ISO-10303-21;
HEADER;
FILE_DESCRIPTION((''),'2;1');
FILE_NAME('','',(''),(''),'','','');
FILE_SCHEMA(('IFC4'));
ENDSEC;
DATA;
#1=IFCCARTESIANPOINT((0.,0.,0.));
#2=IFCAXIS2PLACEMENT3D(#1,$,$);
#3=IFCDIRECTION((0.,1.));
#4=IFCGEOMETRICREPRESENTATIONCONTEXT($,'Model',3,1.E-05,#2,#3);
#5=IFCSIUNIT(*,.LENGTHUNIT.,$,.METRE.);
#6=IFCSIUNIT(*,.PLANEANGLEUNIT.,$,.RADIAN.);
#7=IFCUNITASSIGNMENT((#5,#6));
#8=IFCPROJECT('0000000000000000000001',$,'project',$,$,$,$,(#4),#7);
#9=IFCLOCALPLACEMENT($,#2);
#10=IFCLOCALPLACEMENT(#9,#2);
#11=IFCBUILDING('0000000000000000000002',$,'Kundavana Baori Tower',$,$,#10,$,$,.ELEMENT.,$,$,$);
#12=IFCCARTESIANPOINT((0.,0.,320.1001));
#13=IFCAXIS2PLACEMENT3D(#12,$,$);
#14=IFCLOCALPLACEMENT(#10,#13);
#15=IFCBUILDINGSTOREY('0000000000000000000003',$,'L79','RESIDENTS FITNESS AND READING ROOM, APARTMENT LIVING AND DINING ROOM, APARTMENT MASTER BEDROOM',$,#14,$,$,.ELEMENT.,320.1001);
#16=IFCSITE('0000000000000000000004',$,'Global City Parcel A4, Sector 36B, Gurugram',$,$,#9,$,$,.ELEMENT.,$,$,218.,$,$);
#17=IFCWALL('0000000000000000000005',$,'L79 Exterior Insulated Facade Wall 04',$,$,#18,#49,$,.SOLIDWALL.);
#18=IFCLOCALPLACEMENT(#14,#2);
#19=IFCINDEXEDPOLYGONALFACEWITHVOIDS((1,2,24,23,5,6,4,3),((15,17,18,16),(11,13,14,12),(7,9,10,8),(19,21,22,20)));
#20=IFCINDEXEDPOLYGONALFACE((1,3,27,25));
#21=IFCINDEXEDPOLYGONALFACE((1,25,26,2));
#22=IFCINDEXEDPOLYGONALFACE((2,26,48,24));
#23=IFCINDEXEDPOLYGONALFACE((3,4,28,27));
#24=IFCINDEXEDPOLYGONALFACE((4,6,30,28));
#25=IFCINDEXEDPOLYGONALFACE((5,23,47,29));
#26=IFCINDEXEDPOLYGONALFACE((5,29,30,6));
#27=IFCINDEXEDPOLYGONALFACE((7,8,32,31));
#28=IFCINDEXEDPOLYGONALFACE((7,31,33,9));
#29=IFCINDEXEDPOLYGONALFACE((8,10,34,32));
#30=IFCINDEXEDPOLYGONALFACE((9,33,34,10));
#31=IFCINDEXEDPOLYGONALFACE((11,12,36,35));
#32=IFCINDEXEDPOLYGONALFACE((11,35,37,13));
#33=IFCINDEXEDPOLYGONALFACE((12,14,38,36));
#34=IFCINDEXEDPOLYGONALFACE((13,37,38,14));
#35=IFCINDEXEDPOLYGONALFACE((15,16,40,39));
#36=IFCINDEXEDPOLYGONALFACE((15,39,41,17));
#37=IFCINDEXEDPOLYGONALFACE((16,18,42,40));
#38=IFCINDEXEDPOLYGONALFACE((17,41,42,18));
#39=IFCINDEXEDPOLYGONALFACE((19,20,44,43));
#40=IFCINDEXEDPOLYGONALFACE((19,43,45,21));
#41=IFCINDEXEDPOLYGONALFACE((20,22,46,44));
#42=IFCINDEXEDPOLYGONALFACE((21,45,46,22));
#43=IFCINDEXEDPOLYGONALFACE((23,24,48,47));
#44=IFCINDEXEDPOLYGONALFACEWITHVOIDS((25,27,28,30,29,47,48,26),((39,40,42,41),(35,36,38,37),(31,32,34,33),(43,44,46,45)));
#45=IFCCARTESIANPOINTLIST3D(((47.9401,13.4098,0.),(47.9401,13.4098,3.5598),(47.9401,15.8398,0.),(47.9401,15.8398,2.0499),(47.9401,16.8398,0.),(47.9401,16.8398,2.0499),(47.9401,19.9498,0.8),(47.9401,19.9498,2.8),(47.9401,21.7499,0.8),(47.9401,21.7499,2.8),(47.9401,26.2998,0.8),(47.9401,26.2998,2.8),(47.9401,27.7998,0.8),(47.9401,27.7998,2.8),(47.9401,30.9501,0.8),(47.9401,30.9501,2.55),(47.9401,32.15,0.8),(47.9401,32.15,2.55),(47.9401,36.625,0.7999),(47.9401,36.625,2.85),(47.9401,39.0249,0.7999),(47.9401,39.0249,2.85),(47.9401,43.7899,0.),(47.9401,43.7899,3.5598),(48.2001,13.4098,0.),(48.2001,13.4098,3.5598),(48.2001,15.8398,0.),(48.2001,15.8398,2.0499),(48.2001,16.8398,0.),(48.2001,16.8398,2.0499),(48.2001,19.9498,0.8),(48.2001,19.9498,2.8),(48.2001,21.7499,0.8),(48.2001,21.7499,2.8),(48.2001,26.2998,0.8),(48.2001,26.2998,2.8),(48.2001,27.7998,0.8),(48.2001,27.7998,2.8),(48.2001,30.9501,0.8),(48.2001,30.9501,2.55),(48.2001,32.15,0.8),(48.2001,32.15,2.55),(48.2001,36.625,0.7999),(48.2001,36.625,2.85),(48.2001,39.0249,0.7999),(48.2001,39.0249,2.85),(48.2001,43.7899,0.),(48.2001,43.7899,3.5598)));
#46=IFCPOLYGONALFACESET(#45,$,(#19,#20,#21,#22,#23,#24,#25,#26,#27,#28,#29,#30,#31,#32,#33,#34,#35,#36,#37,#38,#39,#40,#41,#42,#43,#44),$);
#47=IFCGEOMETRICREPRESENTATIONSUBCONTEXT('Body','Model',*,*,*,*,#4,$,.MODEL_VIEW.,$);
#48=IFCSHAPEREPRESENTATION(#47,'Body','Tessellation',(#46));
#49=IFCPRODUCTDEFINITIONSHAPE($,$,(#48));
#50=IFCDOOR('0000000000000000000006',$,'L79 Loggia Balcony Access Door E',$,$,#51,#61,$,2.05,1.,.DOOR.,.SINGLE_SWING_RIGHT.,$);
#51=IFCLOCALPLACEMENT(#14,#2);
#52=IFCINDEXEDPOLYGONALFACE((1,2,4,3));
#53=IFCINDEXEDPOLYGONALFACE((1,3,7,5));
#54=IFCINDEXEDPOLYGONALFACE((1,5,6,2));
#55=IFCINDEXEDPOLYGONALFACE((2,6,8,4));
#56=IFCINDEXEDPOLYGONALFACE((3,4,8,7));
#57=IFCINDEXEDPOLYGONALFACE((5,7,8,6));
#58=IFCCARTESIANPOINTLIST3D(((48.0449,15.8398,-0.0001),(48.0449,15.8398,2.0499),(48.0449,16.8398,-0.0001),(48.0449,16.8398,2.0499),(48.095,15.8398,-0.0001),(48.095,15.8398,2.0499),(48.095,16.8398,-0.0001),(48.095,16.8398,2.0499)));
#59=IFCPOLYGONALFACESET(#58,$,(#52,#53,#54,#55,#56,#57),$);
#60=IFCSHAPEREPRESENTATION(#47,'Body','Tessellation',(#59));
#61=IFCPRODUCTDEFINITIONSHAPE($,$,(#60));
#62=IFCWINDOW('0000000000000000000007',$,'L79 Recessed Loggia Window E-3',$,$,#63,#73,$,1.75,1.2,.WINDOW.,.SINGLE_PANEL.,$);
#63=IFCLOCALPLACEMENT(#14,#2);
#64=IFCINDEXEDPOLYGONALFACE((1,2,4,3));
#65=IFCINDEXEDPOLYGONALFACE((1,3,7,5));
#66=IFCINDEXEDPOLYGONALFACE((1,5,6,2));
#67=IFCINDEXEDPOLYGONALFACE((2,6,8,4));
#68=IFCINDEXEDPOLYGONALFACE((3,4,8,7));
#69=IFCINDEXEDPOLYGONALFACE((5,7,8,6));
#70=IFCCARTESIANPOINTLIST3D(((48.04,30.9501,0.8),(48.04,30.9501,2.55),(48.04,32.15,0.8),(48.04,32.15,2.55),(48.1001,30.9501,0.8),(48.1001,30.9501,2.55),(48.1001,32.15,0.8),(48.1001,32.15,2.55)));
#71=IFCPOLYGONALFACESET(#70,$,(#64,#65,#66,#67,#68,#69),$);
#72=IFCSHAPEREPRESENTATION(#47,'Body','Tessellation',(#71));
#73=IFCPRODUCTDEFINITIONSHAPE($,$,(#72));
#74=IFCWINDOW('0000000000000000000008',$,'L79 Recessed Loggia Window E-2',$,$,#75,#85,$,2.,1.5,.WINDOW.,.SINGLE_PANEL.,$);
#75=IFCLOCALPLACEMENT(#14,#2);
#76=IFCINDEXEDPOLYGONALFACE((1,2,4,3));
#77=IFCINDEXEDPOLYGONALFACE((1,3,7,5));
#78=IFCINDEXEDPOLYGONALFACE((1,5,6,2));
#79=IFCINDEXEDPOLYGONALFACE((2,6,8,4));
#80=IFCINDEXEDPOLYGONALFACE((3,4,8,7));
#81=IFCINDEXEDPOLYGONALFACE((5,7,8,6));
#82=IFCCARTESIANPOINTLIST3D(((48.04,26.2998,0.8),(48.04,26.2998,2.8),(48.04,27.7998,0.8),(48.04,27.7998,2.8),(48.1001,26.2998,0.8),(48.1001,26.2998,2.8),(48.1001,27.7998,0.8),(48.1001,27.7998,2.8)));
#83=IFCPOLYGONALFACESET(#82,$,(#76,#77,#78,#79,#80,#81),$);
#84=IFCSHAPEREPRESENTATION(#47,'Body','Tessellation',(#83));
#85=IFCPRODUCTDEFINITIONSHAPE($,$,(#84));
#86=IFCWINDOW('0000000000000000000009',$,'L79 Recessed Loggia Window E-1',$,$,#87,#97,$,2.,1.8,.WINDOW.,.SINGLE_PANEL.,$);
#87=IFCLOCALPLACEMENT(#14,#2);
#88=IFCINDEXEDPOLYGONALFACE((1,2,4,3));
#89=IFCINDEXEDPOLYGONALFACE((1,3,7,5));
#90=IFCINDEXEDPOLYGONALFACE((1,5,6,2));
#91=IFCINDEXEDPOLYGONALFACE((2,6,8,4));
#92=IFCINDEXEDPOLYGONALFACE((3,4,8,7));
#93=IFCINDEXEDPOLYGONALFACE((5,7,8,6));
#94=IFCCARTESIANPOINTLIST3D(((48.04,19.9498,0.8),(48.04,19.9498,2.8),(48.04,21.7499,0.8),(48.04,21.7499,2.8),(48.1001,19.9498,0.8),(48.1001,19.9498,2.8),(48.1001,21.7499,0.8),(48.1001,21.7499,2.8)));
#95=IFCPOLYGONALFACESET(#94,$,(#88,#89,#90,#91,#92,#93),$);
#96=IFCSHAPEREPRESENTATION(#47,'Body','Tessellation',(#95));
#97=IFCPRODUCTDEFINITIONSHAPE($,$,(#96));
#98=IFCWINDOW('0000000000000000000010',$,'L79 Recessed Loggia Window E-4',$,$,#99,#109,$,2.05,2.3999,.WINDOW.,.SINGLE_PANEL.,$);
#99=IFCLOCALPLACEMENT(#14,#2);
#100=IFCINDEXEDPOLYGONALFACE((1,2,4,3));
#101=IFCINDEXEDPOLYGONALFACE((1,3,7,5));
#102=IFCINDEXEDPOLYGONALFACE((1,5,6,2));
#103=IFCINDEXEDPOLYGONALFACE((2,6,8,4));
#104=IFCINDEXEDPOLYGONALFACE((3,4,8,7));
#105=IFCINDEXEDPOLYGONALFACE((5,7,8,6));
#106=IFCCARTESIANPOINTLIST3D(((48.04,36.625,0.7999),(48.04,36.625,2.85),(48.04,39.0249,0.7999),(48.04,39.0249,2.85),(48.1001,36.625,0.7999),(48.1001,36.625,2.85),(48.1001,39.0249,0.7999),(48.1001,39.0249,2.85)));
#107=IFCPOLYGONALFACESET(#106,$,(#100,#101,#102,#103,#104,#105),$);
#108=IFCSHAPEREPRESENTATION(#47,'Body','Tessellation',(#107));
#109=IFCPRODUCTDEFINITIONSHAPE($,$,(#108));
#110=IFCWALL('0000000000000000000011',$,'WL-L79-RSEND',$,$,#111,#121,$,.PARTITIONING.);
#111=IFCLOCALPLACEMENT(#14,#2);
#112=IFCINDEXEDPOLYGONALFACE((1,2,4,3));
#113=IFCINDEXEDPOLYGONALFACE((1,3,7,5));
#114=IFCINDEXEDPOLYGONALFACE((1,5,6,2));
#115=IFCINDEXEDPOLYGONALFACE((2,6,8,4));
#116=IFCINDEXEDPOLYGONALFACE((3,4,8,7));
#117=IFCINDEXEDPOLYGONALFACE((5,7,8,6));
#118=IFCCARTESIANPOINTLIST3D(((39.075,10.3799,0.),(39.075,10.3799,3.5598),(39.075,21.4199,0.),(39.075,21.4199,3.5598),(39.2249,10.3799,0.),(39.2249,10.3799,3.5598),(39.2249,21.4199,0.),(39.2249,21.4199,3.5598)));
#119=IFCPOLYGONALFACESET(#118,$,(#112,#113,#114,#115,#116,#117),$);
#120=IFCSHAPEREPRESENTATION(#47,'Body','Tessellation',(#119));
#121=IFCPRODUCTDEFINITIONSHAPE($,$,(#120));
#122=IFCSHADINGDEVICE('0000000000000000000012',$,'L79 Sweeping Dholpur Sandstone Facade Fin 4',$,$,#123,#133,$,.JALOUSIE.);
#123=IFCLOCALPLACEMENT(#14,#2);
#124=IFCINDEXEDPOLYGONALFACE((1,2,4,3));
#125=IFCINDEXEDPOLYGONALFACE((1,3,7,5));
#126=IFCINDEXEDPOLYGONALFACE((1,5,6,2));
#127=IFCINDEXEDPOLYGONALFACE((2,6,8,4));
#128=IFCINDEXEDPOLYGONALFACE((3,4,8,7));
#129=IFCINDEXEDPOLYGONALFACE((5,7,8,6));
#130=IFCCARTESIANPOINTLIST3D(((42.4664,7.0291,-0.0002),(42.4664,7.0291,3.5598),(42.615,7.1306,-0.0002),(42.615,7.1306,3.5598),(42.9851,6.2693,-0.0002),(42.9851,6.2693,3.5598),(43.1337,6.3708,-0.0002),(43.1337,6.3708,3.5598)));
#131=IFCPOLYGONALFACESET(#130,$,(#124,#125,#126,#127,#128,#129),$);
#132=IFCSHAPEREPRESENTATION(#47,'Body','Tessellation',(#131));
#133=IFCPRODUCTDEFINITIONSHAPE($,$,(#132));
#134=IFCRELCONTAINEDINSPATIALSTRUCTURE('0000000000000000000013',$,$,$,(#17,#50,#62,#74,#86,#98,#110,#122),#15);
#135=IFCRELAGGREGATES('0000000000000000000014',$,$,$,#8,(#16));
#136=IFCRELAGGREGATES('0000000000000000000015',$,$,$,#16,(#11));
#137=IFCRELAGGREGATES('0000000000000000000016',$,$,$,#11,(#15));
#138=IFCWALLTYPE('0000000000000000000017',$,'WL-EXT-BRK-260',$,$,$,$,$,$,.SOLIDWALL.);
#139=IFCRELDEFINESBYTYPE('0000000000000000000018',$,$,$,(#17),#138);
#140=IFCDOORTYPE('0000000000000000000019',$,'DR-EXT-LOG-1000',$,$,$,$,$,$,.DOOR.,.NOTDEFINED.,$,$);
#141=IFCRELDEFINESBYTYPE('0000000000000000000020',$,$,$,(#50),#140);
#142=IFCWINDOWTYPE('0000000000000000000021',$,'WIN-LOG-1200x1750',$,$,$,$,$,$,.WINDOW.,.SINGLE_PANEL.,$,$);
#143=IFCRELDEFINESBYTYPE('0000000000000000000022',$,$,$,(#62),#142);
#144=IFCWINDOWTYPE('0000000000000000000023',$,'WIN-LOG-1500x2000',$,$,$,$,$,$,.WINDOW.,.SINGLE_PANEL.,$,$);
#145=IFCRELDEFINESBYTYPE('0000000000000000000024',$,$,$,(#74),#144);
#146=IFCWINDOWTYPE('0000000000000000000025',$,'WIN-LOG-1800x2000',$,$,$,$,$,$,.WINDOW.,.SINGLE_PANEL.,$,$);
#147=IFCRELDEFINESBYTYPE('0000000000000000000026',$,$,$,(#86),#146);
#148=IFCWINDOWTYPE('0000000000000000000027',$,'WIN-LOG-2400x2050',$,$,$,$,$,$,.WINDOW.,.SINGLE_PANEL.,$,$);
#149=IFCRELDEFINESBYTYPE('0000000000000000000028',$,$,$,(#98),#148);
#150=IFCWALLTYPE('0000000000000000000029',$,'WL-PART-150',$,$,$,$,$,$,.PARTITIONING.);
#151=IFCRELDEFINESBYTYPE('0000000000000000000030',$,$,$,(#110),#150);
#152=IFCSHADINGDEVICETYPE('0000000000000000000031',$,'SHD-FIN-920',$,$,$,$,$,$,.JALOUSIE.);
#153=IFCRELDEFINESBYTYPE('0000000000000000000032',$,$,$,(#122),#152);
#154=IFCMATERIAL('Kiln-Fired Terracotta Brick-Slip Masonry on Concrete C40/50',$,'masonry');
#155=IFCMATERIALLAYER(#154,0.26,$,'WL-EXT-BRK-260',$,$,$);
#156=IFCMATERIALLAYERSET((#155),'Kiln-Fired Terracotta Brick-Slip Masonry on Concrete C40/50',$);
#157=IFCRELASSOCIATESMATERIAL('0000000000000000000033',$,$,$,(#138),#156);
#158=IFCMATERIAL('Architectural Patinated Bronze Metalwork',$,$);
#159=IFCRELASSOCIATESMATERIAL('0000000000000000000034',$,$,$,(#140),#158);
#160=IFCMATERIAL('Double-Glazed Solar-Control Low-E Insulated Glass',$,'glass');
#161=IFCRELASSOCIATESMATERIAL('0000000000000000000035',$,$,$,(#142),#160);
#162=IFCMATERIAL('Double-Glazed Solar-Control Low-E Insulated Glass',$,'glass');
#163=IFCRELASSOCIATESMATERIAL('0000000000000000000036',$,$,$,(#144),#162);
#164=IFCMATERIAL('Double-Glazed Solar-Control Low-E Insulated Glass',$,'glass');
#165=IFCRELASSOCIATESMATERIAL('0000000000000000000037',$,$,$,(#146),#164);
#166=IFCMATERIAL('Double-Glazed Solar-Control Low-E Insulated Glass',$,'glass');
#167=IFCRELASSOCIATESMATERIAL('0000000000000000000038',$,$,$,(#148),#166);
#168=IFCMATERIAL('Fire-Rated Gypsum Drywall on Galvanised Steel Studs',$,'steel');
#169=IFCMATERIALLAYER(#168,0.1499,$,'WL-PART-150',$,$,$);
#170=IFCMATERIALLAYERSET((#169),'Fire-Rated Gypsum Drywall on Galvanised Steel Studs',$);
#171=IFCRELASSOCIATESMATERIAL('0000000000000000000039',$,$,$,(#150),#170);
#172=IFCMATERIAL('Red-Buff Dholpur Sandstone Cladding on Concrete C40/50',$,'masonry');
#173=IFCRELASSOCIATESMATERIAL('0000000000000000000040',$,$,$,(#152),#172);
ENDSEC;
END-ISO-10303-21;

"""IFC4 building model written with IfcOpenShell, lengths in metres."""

from ifc_helpers import new_model, si_unit, direction, frame, frame_2d, origin, origin_2d, place, context, subcontext, project, spatial, rectangle, extrude, material, layer, layer_set, type_object, element, fill, save


model = new_model("IFC4")

# Units and contexts
model_context = context("Model", 3, precision=1e-05, world=origin(), true_north=direction((0.0, 1.0)))
body_context = subcontext(model_context, "Body", "Model", "MODEL_VIEW")
ifc_project = project(units=[si_unit("LENGTHUNIT", "METRE"), si_unit("PLANEANGLEUNIT", "RADIAN")], contexts=[model_context])

# Site, building, storey
site_placement = place(None, origin())
site = spatial("IfcSite", under=ifc_project, at=site_placement, Name="Global City Parcel A4, Sector 36B, Gurugram", CompositionType="ELEMENT", RefElevation=218.0)
building_placement = place(site_placement, origin())
building = spatial("IfcBuilding", under=site, at=building_placement, Name="Kundavana Baori Tower", CompositionType="ELEMENT")
storey_placement = place(building_placement, frame((0.0, 0.0, 320.1001)))
storey = spatial("IfcBuildingStorey", under=building, at=storey_placement, Name="L79", Description="RESIDENTS FITNESS AND READING ROOM, APARTMENT LIVING AND DINING ROOM, APARTMENT MASTER BEDROOM", CompositionType="ELEMENT", Elevation=320.1001)

# Shared definitions
ifc_material_1 = material(Name="Kiln-Fired Terracotta Brick-Slip Masonry on Concrete C40/50", Category="masonry")
ifc_layer_1 = layer(ifc_material_1, 0.26, Name="WL-EXT-BRK-260")
ifc_layer_set_1 = layer_set([ifc_layer_1], Name="Kiln-Fired Terracotta Brick-Slip Masonry on Concrete C40/50")
wall_type_1 = type_object("IfcWallType", Name="WL-EXT-BRK-260", PredefinedType="SOLIDWALL", material=ifc_layer_set_1)

# Wall, openings, door, windows
wall_1_placement = place(storey_placement, frame((48.0701, 13.4099, 0.0), z_axis=(0.0, 0.0, 1.0), x_axis=(0.0, 1.0, 0.0)))
wall_1 = element("IfcWall", 1, at=wall_1_placement, inside=storey, type_object=wall_type_1, Name="L79 Exterior Insulated Facade Wall 04", PredefinedType="SOLIDWALL", context=body_context, shape_type="SweptSolid", body=[
    extrude(rectangle(XDim=30.3801, YDim=0.26, at=frame_2d((15.1899, 0.0))), origin(), (0.0, 0.0, 1.0), 3.5598),
])
opening_1_placement = place(wall_1_placement, frame((2.4299, 0.0, 0.0)))
opening_1 = element("IfcOpeningElement", 2, at=opening_1_placement, cuts=wall_1, PredefinedType="OPENING", context=body_context, shape_type="SweptSolid", body=[
    extrude(rectangle(XDim=1.0, YDim=2.05, at=frame_2d((0.5, 1.0249))), frame((0.0, 0.1401, 0.0), z_axis=(0.0, -1.0, 0.0), x_axis=(1.0, 0.0, 0.0)), (0.0, 0.0, 1.0), 0.28),
])
opening_2_placement = place(wall_1_placement, frame((6.54, 0.0, 0.8)))
opening_2 = element("IfcOpeningElement", 3, at=opening_2_placement, cuts=wall_1, PredefinedType="OPENING", context=body_context, shape_type="SweptSolid", body=[
    extrude(rectangle(XDim=1.8, YDim=2.0, at=frame_2d((0.8999, 1.0))), frame((0.0, 0.1401, 0.0), z_axis=(0.0, -1.0, 0.0), x_axis=(1.0, 0.0, 0.0)), (0.0, 0.0, 1.0), 0.28),
])
opening_3_placement = place(wall_1_placement, frame((12.8899, 0.0, 0.8)))
opening_3 = element("IfcOpeningElement", 4, at=opening_3_placement, cuts=wall_1, PredefinedType="OPENING", context=body_context, shape_type="SweptSolid", body=[
    extrude(rectangle(XDim=1.5, YDim=2.0, at=frame_2d((0.75, 1.0))), frame((0.0, 0.1401, 0.0), z_axis=(0.0, -1.0, 0.0), x_axis=(1.0, 0.0, 0.0)), (0.0, 0.0, 1.0), 0.28),
])
opening_4_placement = place(wall_1_placement, frame((17.54, 0.0, 0.8)))
opening_4 = element("IfcOpeningElement", 5, at=opening_4_placement, cuts=wall_1, PredefinedType="OPENING", context=body_context, shape_type="SweptSolid", body=[
    extrude(rectangle(XDim=1.2, YDim=1.75, at=frame_2d((0.6001, 0.875))), frame((0.0, 0.1401, 0.0), z_axis=(0.0, -1.0, 0.0), x_axis=(1.0, 0.0, 0.0)), (0.0, 0.0, 1.0), 0.28),
])
opening_5_placement = place(wall_1_placement, frame((23.2151, 0.0, 0.8)))
opening_5 = element("IfcOpeningElement", 6, at=opening_5_placement, cuts=wall_1, PredefinedType="OPENING", context=body_context, shape_type="SweptSolid", body=[
    extrude(rectangle(XDim=2.3999, YDim=2.05, at=frame_2d((1.2, 1.0249))), frame((0.0, 0.1401, 0.0), z_axis=(0.0, -1.0, 0.0), x_axis=(1.0, 0.0, 0.0)), (0.0, 0.0, 1.0), 0.28),
])
ifc_material_2 = material(Name="Architectural Patinated Bronze Metalwork")
door_type = type_object("IfcDoorType", Name="DR-EXT-LOG-1000", OperationType="NOTDEFINED", PredefinedType="DOOR", material=ifc_material_2)
door_placement = place(opening_1_placement, frame((1.0, 0.0, 0.0), z_axis=(0.0, 0.0, 1.0), x_axis=(-1.0, 0.0, 0.0)))
door = element("IfcDoor", 7, at=door_placement, inside=storey, type_object=door_type, Name="L79 Loggia Balcony Access Door E", OperationType="SINGLE_SWING_RIGHT", OverallHeight=2.05, OverallWidth=1.0, PredefinedType="DOOR", context=body_context, shape_type="SweptSolid", body=[
    extrude(rectangle(XDim=1.0, YDim=2.05, at=frame_2d((0.5, 1.0249))), frame((0.0, 0.0249, 0.0), z_axis=(0.0, -1.0, 0.0), x_axis=(1.0, 0.0, 0.0)), (0.0, 0.0, 1.0), 0.05),
])
fill(opening_1, door)
ifc_material_3 = material(Name="Double-Glazed Solar-Control Low-E Insulated Glass", Category="glass")
window_type_1 = type_object("IfcWindowType", Name="WIN-LOG-1200x1750", PartitioningType="SINGLE_PANEL", PredefinedType="WINDOW", material=ifc_material_3)
window_1_placement = place(opening_4_placement, origin())
window_1 = element("IfcWindow", 8, at=window_1_placement, inside=storey, type_object=window_type_1, Name="L79 Recessed Loggia Window E-3", OverallHeight=1.75, OverallWidth=1.2, PartitioningType="SINGLE_PANEL", PredefinedType="WINDOW", context=body_context, shape_type="SweptSolid", body=[
    extrude(rectangle(XDim=1.2, YDim=1.75, at=frame_2d((0.6001, 0.875))), frame((0.0, 0.03, 0.0), z_axis=(0.0, -1.0, 0.0), x_axis=(1.0, 0.0, 0.0)), (0.0, 0.0, 1.0), 0.0601),
])
fill(opening_4, window_1)
ifc_material_4 = material(Name="Double-Glazed Solar-Control Low-E Insulated Glass", Category="glass")
window_type_2 = type_object("IfcWindowType", Name="WIN-LOG-1500x2000", PartitioningType="SINGLE_PANEL", PredefinedType="WINDOW", material=ifc_material_4)
window_2_placement = place(opening_3_placement, origin())
window_2 = element("IfcWindow", 9, at=window_2_placement, inside=storey, type_object=window_type_2, Name="L79 Recessed Loggia Window E-2", OverallHeight=2.0, OverallWidth=1.5, PartitioningType="SINGLE_PANEL", PredefinedType="WINDOW", context=body_context, shape_type="SweptSolid", body=[
    extrude(rectangle(XDim=1.5, YDim=2.0, at=frame_2d((0.75, 1.0))), frame((0.0, 0.03, 0.0), z_axis=(0.0, -1.0, 0.0), x_axis=(1.0, 0.0, 0.0)), (0.0, 0.0, 1.0), 0.0601),
])
fill(opening_3, window_2)
ifc_material_5 = material(Name="Double-Glazed Solar-Control Low-E Insulated Glass", Category="glass")
window_type_3 = type_object("IfcWindowType", Name="WIN-LOG-1800x2000", PartitioningType="SINGLE_PANEL", PredefinedType="WINDOW", material=ifc_material_5)
window_3_placement = place(opening_2_placement, origin())
window_3 = element("IfcWindow", 10, at=window_3_placement, inside=storey, type_object=window_type_3, Name="L79 Recessed Loggia Window E-1", OverallHeight=2.0, OverallWidth=1.8, PartitioningType="SINGLE_PANEL", PredefinedType="WINDOW", context=body_context, shape_type="SweptSolid", body=[
    extrude(rectangle(XDim=1.8, YDim=2.0, at=frame_2d((0.8999, 1.0))), frame((0.0, 0.03, 0.0), z_axis=(0.0, -1.0, 0.0), x_axis=(1.0, 0.0, 0.0)), (0.0, 0.0, 1.0), 0.0601),
])
fill(opening_2, window_3)
ifc_material_6 = material(Name="Double-Glazed Solar-Control Low-E Insulated Glass", Category="glass")
window_type_4 = type_object("IfcWindowType", Name="WIN-LOG-2400x2050", PartitioningType="SINGLE_PANEL", PredefinedType="WINDOW", material=ifc_material_6)
window_4_placement = place(opening_5_placement, origin())
window_4 = element("IfcWindow", 11, at=window_4_placement, inside=storey, type_object=window_type_4, Name="L79 Recessed Loggia Window E-4", OverallHeight=2.05, OverallWidth=2.3999, PartitioningType="SINGLE_PANEL", PredefinedType="WINDOW", context=body_context, shape_type="SweptSolid", body=[
    extrude(rectangle(XDim=2.3999, YDim=2.05, at=frame_2d((1.2, 1.0249))), frame((0.0, 0.03, 0.0), z_axis=(0.0, -1.0, 0.0), x_axis=(1.0, 0.0, 0.0)), (0.0, 0.0, 1.0), 0.0601),
])
fill(opening_5, window_4)

# Wall
ifc_material_7 = material(Name="Fire-Rated Gypsum Drywall on Galvanised Steel Studs", Category="steel")
ifc_layer_2 = layer(ifc_material_7, 0.1499, Name="WL-PART-150")
ifc_layer_set_2 = layer_set([ifc_layer_2], Name="Fire-Rated Gypsum Drywall on Galvanised Steel Studs")
wall_type_2 = type_object("IfcWallType", Name="WL-PART-150", PredefinedType="PARTITIONING", material=ifc_layer_set_2)
wall_2_placement = place(storey_placement, frame((39.1499, 10.3799, 0.0), z_axis=(0.0, 0.0, 1.0), x_axis=(0.0, 1.0, 0.0)))
element("IfcWall", 12, at=wall_2_placement, inside=storey, type_object=wall_type_2, Name="WL-L79-RSEND", PredefinedType="PARTITIONING", context=body_context, shape_type="SweptSolid", body=[
    extrude(rectangle(XDim=11.04, YDim=0.1499, at=frame_2d((5.52, 0.0))), origin(), (0.0, 0.0, 1.0), 3.5598),
])

# Shading device
ifc_material_8 = material(Name="Red-Buff Dholpur Sandstone Cladding on Concrete C40/50", Category="masonry")
shading_device_type = type_object("IfcShadingDeviceType", Name="SHD-FIN-920", PredefinedType="JALOUSIE", material=ifc_material_8)
shading_device_placement = place(storey_placement, frame((42.8, 6.7, -0.0002), z_axis=(0.0, 0.0, 1.0), x_axis=(0.825902, 0.563814, 0.0)))
element("IfcShadingDevice", 13, at=shading_device_placement, inside=storey, type_object=shading_device_type, Name="L79 Sweeping Dholpur Sandstone Facade Fin 4", PredefinedType="JALOUSIE", context=body_context, shape_type="SweptSolid", body=[
    extrude(rectangle(XDim=0.1799, YDim=0.9199, at=origin_2d()), origin(), (0.0, 0.0, 1.0), 3.5601),
])

save(model, "model.ifc")
